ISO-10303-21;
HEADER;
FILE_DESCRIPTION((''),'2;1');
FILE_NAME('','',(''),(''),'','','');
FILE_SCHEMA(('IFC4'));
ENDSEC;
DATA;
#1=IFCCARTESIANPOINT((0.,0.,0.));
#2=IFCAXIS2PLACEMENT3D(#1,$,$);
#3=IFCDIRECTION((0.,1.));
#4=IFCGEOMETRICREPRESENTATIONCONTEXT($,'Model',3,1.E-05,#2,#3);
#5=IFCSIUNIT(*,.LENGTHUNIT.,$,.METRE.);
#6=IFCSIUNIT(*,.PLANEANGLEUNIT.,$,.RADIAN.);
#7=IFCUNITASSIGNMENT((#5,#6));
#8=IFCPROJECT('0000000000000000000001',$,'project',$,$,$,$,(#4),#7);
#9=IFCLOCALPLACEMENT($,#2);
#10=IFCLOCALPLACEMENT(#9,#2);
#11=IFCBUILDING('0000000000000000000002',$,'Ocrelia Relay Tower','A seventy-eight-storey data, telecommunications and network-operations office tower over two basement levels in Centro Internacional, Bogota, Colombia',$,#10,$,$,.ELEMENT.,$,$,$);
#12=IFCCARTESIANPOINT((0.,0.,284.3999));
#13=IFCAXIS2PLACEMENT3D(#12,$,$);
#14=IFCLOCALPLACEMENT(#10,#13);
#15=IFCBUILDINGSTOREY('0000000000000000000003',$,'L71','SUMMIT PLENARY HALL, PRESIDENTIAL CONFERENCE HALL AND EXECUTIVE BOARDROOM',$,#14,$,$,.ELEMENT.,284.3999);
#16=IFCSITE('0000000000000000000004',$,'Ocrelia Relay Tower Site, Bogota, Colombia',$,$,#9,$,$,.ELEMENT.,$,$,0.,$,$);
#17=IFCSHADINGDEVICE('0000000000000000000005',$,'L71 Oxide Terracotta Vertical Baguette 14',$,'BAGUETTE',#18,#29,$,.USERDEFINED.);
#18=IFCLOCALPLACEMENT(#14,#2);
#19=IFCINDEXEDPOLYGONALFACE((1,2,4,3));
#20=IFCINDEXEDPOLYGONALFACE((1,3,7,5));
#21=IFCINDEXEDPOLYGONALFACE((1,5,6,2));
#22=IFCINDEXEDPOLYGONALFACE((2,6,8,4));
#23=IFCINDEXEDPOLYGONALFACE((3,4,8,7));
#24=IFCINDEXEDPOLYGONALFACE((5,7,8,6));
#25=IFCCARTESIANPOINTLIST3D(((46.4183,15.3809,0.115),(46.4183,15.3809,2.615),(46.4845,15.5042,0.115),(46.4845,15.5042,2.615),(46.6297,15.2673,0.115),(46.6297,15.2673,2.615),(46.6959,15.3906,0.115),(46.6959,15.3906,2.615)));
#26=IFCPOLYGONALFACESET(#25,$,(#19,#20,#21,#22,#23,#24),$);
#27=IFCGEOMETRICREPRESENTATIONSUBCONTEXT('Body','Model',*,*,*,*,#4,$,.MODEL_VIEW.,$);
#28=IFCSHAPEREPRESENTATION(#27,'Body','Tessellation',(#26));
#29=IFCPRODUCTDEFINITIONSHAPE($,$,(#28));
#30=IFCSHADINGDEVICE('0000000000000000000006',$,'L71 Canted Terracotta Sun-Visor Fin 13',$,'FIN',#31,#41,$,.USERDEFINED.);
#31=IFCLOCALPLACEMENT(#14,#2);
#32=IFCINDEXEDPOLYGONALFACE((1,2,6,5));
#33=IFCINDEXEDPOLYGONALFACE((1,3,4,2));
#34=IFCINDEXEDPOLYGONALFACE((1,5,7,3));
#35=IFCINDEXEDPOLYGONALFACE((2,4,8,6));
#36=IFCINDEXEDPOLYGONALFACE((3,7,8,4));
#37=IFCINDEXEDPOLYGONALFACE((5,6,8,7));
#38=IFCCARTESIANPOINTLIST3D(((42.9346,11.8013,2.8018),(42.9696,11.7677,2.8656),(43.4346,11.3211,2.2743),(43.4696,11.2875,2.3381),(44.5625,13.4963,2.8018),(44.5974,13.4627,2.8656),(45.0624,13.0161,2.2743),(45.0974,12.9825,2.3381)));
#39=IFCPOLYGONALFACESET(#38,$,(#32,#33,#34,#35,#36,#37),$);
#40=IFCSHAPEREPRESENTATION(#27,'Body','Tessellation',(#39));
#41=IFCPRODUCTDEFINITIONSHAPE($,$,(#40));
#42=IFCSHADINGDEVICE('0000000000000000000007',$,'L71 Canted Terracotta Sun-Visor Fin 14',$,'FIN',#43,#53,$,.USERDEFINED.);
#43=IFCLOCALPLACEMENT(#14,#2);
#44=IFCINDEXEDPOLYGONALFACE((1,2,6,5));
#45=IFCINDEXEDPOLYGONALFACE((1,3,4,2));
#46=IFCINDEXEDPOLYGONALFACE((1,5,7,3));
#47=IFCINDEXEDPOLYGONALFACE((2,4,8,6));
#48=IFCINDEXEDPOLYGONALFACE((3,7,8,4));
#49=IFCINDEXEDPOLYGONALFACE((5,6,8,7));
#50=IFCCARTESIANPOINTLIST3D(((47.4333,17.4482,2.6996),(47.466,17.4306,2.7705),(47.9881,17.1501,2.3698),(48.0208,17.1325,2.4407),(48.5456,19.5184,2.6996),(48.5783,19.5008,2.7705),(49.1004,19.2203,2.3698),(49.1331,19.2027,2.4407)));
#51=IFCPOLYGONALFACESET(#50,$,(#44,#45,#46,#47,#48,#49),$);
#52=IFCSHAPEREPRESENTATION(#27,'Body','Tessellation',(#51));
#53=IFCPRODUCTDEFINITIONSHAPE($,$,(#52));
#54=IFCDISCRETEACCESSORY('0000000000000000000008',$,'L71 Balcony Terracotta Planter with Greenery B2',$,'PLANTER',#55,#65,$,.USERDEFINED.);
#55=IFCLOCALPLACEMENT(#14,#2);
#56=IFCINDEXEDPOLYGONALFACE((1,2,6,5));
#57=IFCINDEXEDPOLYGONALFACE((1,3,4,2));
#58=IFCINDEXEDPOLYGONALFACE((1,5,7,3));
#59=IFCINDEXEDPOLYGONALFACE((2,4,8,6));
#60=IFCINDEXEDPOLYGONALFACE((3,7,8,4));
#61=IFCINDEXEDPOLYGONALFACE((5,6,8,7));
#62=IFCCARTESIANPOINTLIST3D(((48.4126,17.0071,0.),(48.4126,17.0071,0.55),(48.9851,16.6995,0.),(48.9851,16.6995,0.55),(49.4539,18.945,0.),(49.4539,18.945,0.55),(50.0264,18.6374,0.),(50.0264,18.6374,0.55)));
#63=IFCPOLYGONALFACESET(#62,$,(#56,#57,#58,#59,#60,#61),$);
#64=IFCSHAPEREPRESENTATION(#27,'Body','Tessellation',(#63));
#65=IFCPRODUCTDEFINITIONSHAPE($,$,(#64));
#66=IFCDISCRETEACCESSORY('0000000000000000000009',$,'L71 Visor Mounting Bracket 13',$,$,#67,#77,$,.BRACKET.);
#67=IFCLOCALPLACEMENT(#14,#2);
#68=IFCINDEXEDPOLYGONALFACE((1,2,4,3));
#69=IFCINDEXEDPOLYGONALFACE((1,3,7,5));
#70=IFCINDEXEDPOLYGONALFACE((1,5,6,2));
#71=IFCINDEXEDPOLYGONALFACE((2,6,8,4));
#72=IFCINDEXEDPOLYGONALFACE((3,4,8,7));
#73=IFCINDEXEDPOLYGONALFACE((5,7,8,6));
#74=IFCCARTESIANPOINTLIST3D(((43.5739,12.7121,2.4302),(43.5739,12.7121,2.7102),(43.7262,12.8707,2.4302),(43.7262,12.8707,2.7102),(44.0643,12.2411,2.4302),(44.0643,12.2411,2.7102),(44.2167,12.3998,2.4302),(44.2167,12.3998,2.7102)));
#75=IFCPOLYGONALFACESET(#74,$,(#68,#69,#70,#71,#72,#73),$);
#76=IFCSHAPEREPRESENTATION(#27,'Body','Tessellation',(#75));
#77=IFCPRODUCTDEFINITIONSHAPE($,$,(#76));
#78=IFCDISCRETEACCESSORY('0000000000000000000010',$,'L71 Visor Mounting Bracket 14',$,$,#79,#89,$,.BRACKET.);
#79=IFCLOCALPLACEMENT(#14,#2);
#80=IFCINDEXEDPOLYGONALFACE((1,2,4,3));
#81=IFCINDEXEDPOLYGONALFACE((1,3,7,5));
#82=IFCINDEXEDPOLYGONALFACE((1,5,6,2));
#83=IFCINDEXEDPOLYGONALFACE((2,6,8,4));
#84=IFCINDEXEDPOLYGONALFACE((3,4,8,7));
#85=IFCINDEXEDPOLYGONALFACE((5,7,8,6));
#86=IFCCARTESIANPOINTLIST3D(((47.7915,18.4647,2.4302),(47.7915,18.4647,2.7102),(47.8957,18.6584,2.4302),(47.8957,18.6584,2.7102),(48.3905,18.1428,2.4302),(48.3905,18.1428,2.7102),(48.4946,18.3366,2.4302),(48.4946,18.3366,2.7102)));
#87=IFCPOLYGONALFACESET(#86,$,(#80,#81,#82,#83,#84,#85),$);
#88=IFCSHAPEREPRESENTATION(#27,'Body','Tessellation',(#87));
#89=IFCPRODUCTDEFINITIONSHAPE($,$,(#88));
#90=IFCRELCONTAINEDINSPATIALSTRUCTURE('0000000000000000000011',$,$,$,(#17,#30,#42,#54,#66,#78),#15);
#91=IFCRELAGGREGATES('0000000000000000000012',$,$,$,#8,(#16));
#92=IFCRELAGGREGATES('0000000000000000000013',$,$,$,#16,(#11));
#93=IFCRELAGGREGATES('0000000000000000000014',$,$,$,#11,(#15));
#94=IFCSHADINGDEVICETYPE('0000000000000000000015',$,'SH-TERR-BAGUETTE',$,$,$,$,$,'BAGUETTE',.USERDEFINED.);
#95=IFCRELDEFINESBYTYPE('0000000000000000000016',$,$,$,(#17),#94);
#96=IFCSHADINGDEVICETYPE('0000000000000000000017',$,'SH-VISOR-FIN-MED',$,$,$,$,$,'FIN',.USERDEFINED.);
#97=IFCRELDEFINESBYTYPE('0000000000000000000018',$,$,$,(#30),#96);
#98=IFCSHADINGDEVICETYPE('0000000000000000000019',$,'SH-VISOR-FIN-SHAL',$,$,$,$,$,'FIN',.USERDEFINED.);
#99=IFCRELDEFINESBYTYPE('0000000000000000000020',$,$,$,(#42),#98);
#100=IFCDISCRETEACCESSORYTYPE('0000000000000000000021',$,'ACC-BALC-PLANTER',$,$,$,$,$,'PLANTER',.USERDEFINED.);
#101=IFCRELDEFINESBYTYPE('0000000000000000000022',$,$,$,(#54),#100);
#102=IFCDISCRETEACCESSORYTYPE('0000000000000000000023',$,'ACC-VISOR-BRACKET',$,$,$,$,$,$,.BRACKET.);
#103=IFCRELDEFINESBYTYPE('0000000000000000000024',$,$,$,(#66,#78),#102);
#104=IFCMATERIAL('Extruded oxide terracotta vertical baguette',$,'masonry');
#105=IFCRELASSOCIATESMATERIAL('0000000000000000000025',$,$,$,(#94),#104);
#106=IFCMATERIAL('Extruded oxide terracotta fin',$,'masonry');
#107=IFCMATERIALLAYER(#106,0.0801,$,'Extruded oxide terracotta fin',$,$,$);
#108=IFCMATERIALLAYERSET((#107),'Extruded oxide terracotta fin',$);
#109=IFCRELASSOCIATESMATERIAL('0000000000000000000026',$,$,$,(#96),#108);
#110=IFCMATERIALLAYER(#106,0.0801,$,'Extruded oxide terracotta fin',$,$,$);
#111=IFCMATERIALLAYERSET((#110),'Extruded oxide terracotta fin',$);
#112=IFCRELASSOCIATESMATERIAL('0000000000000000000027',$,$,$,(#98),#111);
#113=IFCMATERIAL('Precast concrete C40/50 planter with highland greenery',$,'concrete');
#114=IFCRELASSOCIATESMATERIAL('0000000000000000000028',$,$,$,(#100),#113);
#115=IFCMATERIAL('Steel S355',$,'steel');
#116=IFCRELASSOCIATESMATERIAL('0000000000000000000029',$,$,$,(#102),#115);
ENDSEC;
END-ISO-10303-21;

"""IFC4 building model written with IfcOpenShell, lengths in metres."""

from ifc_helpers import new_model, si_unit, direction, frame, origin, origin_2d, place, context, subcontext, project, spatial, rectangle, extrude, material, layer, layer_set, type_object, element, save


model = new_model("IFC4")

# Units and contexts
model_context = context("Model", 3, precision=1e-05, world=origin(), true_north=direction((0.0, 1.0)))
body_context = subcontext(model_context, "Body", "Model", "MODEL_VIEW")
ifc_project = project(units=[si_unit("LENGTHUNIT", "METRE"), si_unit("PLANEANGLEUNIT", "RADIAN")], contexts=[model_context])

# Site, building, storey
site_placement = place(None, origin())
site = spatial("IfcSite", under=ifc_project, at=site_placement, Name="Ocrelia Relay Tower Site, Bogota, Colombia", CompositionType="ELEMENT", RefElevation=0.0)
building_placement = place(site_placement, origin())
building = spatial("IfcBuilding", under=site, at=building_placement, Name="Ocrelia Relay Tower", Description="A seventy-eight-storey data, telecommunications and network-operations office tower over two basement levels in Centro Internacional, Bogota, Colombia", CompositionType="ELEMENT")
storey_placement = place(building_placement, frame((0.0, 0.0, 284.3999)))
storey = spatial("IfcBuildingStorey", under=building, at=storey_placement, Name="L71", Description="SUMMIT PLENARY HALL, PRESIDENTIAL CONFERENCE HALL AND EXECUTIVE BOARDROOM", CompositionType="ELEMENT", Elevation=284.3999)

# Shared definitions
ifc_material_1 = material(Name="Steel S355", Category="steel")

# Shading devices
ifc_material_2 = material(Name="Extruded oxide terracotta vertical baguette", Category="masonry")
shading_device_type_1 = type_object("IfcShadingDeviceType", Name="SH-TERR-BAGUETTE", ElementType="BAGUETTE", PredefinedType="USERDEFINED", material=ifc_material_2)
shading_device_1_placement = place(storey_placement, frame((46.5571, 15.3857, 0.115), z_axis=(0.0, 0.0, 1.0), x_axis=(0.473319, 0.880891, 0.0)))
element("IfcShadingDevice", 1, at=shading_device_1_placement, inside=storey, type_object=shading_device_type_1, Name="L71 Oxide Terracotta Vertical Baguette 14", ObjectType="BAGUETTE", PredefinedType="USERDEFINED", context=body_context, shape_type="SweptSolid", body=[
    extrude(rectangle(XDim=0.1399, YDim=0.24, at=origin_2d()), origin(), (0.0, 0.0, 1.0), 2.5),
])
ifc_material_3 = material(Name="Extruded oxide terracotta fin", Category="masonry")
ifc_layer_1 = layer(ifc_material_3, 0.0801, Name="Extruded oxide terracotta fin")
ifc_layer_set_1 = layer_set([ifc_layer_1], Name="Extruded oxide terracotta fin")
shading_device_type_2 = type_object("IfcShadingDeviceType", Name="SH-VISOR-FIN-MED", ElementType="FIN", PredefinedType="USERDEFINED", material=ifc_layer_set_1)
shading_device_2_placement = place(storey_placement, frame((43.9985, 12.4087, 2.5381), z_axis=(0.436776, -0.419457, 0.795791), x_axis=(0.692662, 0.721262, 0.0)))
element("IfcShadingDevice", 2, at=shading_device_2_placement, inside=storey, type_object=shading_device_type_2, Name="L71 Canted Terracotta Sun-Visor Fin 13", ObjectType="FIN", PredefinedType="USERDEFINED", context=body_context, shape_type="SweptSolid", body=[
    extrude(rectangle(XDim=2.3501, YDim=0.8711, at=origin_2d()), origin(), (0.0, 0.0, 1.0), 0.0801),
])
ifc_layer_2 = layer(ifc_material_3, 0.0801, Name="Extruded oxide terracotta fin")
ifc_layer_set_2 = layer_set([ifc_layer_2], Name="Extruded oxide terracotta fin")
shading_device_type_3 = type_object("IfcShadingDeviceType", Name="SH-VISOR-FIN-SHAL", ElementType="FIN", PredefinedType="USERDEFINED", material=ifc_layer_set_2)
shading_device_3_placement = place(storey_placement, frame((48.2668, 18.3342, 2.5347), z_axis=(0.408658, -0.219579, 0.88588), x_axis=(0.473319, 0.880891, 0.0)))
element("IfcShadingDevice", 3, at=shading_device_3_placement, inside=storey, type_object=shading_device_type_3, Name="L71 Canted Terracotta Sun-Visor Fin 14", ObjectType="FIN", PredefinedType="USERDEFINED", context=body_context, shape_type="SweptSolid", body=[
    extrude(rectangle(XDim=2.3501, YDim=0.7109, at=origin_2d()), origin(), (0.0, 0.0, 1.0), 0.0801),
])

# Discrete accessories
ifc_material_4 = material(Name="Precast concrete C40/50 planter with highland greenery", Category="concrete")
discrete_accessory_type_1 = type_object("IfcDiscreteAccessoryType", Name="ACC-BALC-PLANTER", ElementType="PLANTER", PredefinedType="USERDEFINED", material=ifc_material_4)
discrete_accessory_placement = place(storey_placement, frame((49.2195, 17.8223, 0.0), z_axis=(0.0, 0.0, 1.0), x_axis=(-0.473319, -0.880891, 0.0)))
element("IfcDiscreteAccessory", 4, at=discrete_accessory_placement, inside=storey, type_object=discrete_accessory_type_1, Name="L71 Balcony Terracotta Planter with Greenery B2", ObjectType="PLANTER", PredefinedType="USERDEFINED", context=body_context, shape_type="SweptSolid", body=[
    extrude(rectangle(XDim=2.2, YDim=0.6499, at=origin_2d()), origin(), (0.0, 0.0, 1.0), 0.55),
])
discrete_accessory_type_2 = type_object("IfcDiscreteAccessoryType", Name="ACC-VISOR-BRACKET", PredefinedType="BRACKET", material=ifc_material_1)
for number, where, z_axis, x_axis, name in (
    (5, (43.8953, 12.5559, 2.4302), (0.0, 0.0, 1.0), (0.692662, 0.721262, 0.0), "L71 Visor Mounting Bracket 13"),
    (6, (48.1431, 18.4006, 2.4302), (0.0, 0.0, 1.0), (0.473319, 0.880891, 0.0), "L71 Visor Mounting Bracket 14"),
):
    element("IfcDiscreteAccessory", number, at=place(storey_placement, frame(where, z_axis=z_axis, x_axis=x_axis)), inside=storey, type_object=discrete_accessory_type_2, Name=name, PredefinedType="BRACKET", context=body_context, shape_type="SweptSolid", body=[
        extrude(rectangle(XDim=0.22, YDim=0.6799, at=origin_2d()), origin(), (0.0, 0.0, 1.0), 0.28),
    ])

save(model, "model.ifc")
